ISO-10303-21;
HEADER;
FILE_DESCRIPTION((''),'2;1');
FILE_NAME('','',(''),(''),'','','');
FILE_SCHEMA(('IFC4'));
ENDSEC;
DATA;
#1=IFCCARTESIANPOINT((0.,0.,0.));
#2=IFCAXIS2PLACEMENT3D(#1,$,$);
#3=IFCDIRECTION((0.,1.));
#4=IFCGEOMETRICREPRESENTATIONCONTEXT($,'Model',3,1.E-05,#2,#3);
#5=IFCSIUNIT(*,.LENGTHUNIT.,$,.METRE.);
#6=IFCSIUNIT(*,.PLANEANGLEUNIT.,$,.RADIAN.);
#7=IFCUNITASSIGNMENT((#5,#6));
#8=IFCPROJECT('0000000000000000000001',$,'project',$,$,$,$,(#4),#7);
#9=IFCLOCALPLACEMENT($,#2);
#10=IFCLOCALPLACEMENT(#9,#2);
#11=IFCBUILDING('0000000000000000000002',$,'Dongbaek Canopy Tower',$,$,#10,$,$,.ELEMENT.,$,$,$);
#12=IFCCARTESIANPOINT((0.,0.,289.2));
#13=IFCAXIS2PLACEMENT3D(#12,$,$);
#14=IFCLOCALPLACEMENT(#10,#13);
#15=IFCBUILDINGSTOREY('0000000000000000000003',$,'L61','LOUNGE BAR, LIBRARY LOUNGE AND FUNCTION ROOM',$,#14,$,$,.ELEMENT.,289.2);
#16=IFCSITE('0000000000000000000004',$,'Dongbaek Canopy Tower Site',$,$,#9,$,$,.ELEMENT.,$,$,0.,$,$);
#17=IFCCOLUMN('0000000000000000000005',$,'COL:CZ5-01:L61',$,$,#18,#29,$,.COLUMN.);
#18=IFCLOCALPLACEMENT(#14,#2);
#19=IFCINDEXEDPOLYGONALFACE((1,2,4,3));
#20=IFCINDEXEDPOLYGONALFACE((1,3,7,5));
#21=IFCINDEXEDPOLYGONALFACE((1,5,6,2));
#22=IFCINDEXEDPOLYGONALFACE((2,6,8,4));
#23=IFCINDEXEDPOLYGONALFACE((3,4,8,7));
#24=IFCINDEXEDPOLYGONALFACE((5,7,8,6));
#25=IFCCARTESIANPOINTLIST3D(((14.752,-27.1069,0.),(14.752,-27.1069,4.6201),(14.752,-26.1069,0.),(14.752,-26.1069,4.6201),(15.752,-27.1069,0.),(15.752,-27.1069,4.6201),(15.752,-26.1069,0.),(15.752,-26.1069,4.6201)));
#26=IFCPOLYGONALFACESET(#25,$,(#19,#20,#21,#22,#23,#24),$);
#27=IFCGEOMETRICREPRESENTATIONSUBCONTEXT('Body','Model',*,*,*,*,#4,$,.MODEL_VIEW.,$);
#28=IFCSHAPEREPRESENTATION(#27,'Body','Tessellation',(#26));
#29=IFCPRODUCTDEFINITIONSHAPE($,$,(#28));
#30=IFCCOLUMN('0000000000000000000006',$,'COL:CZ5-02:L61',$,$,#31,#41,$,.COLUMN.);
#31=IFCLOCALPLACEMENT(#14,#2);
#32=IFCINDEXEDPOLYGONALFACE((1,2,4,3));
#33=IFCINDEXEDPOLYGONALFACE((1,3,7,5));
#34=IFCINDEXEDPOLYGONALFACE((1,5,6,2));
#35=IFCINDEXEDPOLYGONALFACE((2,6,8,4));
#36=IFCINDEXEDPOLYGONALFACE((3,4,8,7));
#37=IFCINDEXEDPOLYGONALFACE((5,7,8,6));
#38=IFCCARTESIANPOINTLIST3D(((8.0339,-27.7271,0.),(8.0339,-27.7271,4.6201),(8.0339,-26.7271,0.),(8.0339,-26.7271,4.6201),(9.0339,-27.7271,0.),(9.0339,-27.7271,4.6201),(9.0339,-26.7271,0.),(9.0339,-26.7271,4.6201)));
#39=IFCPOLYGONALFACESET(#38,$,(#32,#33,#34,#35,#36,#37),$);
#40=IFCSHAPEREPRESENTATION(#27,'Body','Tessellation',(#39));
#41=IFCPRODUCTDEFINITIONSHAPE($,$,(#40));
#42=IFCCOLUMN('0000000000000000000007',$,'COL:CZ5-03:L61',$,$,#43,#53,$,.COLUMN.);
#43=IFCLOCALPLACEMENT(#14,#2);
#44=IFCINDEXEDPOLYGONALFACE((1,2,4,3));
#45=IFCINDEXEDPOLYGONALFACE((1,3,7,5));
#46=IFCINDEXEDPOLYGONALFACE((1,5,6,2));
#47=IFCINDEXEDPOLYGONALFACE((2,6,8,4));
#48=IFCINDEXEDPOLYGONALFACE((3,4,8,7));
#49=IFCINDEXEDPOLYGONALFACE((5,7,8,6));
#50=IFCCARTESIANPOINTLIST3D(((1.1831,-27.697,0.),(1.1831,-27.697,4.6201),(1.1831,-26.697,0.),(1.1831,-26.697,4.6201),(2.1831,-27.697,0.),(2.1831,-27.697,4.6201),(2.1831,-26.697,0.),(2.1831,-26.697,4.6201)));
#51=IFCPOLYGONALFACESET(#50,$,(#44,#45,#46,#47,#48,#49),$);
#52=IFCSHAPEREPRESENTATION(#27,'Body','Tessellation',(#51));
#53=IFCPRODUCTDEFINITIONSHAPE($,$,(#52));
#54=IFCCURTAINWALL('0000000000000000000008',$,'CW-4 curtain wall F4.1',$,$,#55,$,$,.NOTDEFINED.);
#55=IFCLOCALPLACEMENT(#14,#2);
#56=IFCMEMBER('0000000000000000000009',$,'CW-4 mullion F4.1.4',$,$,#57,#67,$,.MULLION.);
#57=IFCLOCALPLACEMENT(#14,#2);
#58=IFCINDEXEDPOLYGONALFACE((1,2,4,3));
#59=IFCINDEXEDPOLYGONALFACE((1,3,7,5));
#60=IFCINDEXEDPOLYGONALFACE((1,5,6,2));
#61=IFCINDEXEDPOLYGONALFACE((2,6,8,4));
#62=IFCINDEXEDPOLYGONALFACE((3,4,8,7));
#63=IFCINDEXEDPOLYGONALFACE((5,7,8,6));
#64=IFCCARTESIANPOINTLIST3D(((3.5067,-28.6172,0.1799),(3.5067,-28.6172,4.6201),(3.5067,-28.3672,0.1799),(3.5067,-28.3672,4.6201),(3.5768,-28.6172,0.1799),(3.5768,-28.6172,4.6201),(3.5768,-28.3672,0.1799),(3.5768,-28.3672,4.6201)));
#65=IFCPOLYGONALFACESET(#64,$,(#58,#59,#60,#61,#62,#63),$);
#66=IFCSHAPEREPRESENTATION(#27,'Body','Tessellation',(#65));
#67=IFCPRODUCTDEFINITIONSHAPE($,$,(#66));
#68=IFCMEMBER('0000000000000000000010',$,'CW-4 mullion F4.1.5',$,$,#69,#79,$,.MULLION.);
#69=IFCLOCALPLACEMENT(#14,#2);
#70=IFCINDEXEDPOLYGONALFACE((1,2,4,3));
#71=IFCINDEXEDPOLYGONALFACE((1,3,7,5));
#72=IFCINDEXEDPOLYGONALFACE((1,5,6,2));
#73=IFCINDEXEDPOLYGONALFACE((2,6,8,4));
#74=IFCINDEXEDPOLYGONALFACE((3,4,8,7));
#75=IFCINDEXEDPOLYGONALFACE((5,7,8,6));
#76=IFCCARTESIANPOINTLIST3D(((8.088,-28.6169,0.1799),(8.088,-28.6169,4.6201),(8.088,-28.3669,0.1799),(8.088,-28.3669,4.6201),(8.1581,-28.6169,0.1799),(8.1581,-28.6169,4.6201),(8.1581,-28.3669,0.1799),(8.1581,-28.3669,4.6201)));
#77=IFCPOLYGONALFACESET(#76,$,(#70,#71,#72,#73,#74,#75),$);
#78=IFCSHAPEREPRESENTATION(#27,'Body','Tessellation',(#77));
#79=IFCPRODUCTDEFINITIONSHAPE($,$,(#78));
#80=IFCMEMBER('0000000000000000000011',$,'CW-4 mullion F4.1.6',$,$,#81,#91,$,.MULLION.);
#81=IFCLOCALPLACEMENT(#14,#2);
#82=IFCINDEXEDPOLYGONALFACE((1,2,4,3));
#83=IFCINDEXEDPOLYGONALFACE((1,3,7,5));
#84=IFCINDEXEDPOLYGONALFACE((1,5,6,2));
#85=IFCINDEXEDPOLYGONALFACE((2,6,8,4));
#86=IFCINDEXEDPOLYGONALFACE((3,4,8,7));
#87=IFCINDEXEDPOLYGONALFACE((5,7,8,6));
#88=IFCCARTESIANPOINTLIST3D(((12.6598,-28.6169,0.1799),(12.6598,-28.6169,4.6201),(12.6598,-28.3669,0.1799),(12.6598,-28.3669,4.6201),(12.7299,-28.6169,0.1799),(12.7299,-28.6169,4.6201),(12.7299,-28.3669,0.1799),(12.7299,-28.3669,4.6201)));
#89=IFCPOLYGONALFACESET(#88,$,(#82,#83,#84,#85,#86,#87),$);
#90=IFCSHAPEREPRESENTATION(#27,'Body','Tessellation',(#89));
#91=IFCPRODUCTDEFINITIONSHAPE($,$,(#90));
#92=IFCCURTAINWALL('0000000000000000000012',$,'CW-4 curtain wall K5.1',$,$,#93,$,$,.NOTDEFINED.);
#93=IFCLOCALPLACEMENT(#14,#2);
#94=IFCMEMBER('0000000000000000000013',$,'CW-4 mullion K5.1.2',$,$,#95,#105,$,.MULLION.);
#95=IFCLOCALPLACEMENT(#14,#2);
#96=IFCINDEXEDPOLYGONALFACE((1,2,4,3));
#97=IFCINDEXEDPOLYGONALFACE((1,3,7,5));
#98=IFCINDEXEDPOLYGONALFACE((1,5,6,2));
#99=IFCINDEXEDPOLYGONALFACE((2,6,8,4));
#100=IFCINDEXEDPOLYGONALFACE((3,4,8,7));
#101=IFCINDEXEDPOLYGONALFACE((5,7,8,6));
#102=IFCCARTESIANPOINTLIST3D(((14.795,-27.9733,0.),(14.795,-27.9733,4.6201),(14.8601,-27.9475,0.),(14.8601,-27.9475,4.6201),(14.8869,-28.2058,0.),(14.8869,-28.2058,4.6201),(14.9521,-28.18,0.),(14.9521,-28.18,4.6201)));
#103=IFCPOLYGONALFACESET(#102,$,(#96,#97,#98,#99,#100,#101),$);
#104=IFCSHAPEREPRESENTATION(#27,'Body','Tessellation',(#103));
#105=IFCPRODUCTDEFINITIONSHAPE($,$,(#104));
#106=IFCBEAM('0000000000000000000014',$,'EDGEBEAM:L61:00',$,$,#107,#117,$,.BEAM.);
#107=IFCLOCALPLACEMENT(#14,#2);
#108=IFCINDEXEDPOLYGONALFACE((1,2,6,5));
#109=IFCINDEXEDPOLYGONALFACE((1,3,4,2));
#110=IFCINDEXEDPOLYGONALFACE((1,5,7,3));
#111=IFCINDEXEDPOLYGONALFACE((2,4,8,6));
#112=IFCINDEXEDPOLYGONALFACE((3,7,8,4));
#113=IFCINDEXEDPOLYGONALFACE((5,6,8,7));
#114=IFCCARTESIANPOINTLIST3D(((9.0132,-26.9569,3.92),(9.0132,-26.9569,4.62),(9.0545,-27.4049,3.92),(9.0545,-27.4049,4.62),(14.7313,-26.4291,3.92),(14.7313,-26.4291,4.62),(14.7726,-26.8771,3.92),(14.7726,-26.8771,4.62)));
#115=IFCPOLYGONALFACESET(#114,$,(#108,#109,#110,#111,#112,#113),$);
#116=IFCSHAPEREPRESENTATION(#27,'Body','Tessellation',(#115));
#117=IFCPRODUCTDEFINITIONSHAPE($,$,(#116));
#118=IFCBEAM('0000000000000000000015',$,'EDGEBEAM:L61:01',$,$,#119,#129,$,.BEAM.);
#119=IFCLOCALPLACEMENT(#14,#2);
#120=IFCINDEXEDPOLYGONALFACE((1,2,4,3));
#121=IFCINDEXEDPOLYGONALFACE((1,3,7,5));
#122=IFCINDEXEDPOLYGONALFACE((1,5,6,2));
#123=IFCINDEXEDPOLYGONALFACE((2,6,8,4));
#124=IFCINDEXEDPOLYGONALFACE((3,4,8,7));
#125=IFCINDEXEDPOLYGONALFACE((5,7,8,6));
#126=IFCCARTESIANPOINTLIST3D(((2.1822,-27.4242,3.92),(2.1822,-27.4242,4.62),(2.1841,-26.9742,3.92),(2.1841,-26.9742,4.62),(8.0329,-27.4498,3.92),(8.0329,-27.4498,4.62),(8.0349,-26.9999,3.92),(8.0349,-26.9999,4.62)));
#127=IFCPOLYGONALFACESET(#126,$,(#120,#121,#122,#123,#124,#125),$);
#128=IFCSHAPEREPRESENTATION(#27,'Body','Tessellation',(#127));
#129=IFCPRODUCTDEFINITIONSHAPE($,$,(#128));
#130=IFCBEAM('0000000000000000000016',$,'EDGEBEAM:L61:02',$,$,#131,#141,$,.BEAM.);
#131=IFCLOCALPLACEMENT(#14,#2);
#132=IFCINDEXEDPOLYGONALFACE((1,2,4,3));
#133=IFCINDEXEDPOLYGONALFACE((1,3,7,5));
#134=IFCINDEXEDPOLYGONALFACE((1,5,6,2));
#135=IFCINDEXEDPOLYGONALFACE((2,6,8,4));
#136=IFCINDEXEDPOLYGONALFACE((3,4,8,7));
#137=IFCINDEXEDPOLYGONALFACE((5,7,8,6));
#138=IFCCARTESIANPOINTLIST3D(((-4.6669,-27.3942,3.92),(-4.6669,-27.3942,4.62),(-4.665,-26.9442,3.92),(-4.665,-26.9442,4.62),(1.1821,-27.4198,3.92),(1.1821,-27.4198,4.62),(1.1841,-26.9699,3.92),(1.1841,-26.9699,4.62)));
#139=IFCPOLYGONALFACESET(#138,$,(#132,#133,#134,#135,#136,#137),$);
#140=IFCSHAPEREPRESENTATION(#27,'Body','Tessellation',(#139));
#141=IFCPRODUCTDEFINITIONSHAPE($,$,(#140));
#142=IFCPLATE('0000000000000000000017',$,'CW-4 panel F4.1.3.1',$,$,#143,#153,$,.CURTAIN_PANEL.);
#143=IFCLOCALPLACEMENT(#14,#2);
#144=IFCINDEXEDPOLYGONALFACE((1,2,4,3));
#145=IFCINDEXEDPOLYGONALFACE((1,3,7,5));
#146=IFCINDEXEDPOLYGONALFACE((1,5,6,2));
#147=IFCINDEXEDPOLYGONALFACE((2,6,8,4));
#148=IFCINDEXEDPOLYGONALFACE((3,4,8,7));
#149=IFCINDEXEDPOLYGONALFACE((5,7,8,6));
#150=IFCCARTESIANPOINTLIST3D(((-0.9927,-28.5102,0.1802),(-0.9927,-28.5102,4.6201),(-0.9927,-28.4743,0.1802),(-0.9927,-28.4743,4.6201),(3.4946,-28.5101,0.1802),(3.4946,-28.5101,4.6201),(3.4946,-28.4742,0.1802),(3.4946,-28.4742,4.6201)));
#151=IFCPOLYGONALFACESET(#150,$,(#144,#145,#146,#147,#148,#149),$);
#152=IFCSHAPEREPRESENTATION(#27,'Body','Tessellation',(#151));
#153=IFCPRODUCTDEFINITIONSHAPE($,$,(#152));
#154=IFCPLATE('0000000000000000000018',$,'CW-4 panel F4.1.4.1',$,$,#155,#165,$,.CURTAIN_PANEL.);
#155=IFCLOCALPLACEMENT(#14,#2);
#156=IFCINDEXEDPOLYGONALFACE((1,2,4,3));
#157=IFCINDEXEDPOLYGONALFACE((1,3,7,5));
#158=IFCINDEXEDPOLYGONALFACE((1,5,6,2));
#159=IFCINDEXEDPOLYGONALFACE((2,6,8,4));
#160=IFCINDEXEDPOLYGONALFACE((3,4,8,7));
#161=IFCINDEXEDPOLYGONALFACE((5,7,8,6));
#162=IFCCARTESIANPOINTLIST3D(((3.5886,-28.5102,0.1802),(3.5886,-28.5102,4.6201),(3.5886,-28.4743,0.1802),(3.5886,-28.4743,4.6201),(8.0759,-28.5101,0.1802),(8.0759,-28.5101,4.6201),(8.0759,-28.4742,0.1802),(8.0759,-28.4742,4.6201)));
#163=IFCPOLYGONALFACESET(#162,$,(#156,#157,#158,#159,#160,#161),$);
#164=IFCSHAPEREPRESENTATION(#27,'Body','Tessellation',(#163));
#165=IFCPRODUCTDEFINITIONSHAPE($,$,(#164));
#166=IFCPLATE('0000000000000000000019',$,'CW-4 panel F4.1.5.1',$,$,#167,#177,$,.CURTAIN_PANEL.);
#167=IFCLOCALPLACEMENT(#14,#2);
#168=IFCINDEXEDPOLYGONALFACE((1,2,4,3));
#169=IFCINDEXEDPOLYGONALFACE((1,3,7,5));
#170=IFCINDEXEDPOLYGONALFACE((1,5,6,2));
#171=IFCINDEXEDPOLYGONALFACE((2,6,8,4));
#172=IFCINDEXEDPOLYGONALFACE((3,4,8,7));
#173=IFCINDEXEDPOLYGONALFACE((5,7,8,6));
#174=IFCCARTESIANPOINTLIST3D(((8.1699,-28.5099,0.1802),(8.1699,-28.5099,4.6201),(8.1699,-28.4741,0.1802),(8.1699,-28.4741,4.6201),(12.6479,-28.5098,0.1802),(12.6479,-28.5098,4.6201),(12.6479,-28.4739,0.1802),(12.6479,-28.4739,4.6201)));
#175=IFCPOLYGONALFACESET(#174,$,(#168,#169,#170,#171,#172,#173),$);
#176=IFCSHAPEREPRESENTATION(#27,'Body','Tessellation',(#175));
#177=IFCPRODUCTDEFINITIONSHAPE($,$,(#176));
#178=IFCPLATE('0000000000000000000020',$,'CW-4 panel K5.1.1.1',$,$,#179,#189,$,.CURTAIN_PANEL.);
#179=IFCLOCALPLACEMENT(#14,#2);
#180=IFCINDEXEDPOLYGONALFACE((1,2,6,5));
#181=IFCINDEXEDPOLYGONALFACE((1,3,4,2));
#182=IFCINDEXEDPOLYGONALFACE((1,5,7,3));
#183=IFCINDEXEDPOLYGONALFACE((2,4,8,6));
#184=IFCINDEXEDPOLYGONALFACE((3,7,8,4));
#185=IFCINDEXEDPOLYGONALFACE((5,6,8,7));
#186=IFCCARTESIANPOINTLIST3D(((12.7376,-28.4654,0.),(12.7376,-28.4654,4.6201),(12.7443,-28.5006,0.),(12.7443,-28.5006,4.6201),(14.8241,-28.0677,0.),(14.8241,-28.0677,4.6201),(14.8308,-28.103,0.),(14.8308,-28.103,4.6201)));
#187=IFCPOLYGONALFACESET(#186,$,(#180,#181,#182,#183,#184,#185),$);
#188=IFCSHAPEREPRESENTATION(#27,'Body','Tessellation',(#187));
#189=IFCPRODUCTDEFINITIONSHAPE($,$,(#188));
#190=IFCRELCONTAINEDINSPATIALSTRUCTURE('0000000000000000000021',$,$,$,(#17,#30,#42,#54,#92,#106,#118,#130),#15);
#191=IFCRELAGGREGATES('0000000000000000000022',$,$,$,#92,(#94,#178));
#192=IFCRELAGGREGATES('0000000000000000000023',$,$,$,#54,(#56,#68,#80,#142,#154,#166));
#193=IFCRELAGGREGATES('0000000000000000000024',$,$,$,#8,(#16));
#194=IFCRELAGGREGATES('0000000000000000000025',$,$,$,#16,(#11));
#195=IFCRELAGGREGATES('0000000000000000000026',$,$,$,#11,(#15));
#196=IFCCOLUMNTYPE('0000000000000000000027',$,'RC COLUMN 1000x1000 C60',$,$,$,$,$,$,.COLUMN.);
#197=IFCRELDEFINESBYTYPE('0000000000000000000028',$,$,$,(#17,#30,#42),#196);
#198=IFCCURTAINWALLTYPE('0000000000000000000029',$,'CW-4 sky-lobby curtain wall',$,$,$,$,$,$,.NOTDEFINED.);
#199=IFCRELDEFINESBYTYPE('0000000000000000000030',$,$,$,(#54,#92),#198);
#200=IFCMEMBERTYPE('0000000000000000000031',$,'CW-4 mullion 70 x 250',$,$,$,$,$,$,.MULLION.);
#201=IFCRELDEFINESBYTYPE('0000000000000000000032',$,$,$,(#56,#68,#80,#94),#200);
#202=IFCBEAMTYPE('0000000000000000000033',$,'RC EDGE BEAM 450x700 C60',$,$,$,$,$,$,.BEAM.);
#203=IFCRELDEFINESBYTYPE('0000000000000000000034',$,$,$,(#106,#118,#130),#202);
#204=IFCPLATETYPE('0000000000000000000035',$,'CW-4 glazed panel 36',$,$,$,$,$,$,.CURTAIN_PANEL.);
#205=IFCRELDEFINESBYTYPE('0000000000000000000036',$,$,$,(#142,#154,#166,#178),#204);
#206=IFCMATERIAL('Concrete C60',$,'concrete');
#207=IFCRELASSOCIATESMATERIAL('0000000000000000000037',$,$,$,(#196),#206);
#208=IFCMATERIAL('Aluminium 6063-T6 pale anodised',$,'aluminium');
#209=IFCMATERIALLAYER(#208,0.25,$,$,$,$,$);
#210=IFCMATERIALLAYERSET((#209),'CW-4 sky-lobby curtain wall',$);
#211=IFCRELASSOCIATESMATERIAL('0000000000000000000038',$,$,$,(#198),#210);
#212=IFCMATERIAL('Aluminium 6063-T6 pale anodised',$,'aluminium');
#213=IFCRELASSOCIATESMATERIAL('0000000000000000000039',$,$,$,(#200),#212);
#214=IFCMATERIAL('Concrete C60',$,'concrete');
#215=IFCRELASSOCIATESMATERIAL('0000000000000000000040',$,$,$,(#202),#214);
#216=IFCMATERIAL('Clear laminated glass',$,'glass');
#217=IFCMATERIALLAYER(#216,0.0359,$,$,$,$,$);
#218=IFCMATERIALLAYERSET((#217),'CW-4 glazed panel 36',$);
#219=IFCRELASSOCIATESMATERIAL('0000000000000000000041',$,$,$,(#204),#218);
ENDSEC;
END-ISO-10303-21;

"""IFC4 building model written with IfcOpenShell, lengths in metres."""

from ifc_helpers import new_model, si_unit, direction, frame, origin, origin_2d, place, context, subcontext, project, spatial, rectangle, extrude, material, layer, layer_set, material_profile, profile_set, type_object, element, aggregate, save


model = new_model("IFC4")

# Units and contexts
model_context = context("Model", 3, precision=1e-05, world=origin(), true_north=direction((0.0, 1.0)))
body_context = subcontext(model_context, "Body", "Model", "MODEL_VIEW")
ifc_project = project(units=[si_unit("LENGTHUNIT", "METRE"), si_unit("PLANEANGLEUNIT", "RADIAN")], contexts=[model_context])

# Site, building, storey
site_placement = place(None, origin())
site = spatial("IfcSite", under=ifc_project, at=site_placement, Name="Dongbaek Canopy Tower Site", CompositionType="ELEMENT", RefElevation=0.0)
building_placement = place(site_placement, origin())
building = spatial("IfcBuilding", under=site, at=building_placement, Name="Dongbaek Canopy Tower", CompositionType="ELEMENT")
storey_placement = place(building_placement, frame((0.0, 0.0, 289.2)))
storey = spatial("IfcBuildingStorey", under=building, at=storey_placement, Name="L61", Description="LOUNGE BAR, LIBRARY LOUNGE AND FUNCTION ROOM", CompositionType="ELEMENT", Elevation=289.2)

# Columns
ifc_material_1 = material(Name="Concrete C60", Category="concrete")
ifc_material_profile_1 = material_profile(ifc_material_1, rectangle(XDim=1.0, YDim=1.0, at=origin_2d()), Name="RC COLUMN 1000x1000 C60")
ifc_profile_set_1 = profile_set([ifc_material_profile_1], Name="Concrete C60")
column_type = type_object("IfcColumnType", Name="RC COLUMN 1000x1000 C60", PredefinedType="COLUMN", material=ifc_profile_set_1)
for number, where, z_axis, x_axis, name in (
    (1, (15.252, -26.6069, 0.0), (0.0, 0.0, 1.0), (1.0, 0.0, 0.0), "COL:CZ5-01:L61"),
    (2, (8.5339, -27.2271, 0.0), (0.0, 0.0, 1.0), (1.0, 0.0, 0.0), "COL:CZ5-02:L61"),
    (3, (1.6831, -27.197, 0.0), (0.0, 0.0, 1.0), (1.0, 0.0, 0.0), "COL:CZ5-03:L61"),
):
    element("IfcColumn", number, at=place(storey_placement, frame(where, z_axis=z_axis, x_axis=x_axis)), inside=storey, type_object=column_type, Name=name, PredefinedType="COLUMN", context=body_context, shape_type="SweptSolid", body=[
        extrude(rectangle(XDim=1.0, YDim=1.0, at=origin_2d()), origin(), (0.0, 0.0, 1.0), 4.6201),
    ])

# Curtain wall, members
ifc_material_2 = material(Name="Aluminium 6063-T6 pale anodised", Category="aluminium")
ifc_layer_1 = layer(ifc_material_2, 0.25)
ifc_layer_set_1 = layer_set([ifc_layer_1], Name="CW-4 sky-lobby curtain wall")
curtain_wall_type = type_object("IfcCurtainWallType", Name="CW-4 sky-lobby curtain wall", PredefinedType="NOTDEFINED", material=ifc_layer_set_1)
curtain_wall_1_placement = place(storey_placement, origin())
curtain_wall_1 = element("IfcCurtainWall", 4, at=curtain_wall_1_placement, inside=storey, type_object=curtain_wall_type, Name="CW-4 curtain wall F4.1", PredefinedType="NOTDEFINED")
ifc_material_3 = material(Name="Aluminium 6063-T6 pale anodised", Category="aluminium")
ifc_material_profile_2 = material_profile(ifc_material_3, rectangle(XDim=0.25, YDim=0.0701, at=origin_2d()), Name="CW-4 mullion 70 x 250")
ifc_profile_set_2 = profile_set([ifc_material_profile_2], Name="Aluminium 6063-T6 pale anodised")
member_type = type_object("IfcMemberType", Name="CW-4 mullion 70 x 250", PredefinedType="MULLION", material=ifc_profile_set_2)
member_1_placement = place(storey_placement, frame((3.5417, -28.4922, 0.1799), z_axis=(0.0, 0.0, 1.0), x_axis=(0.000023, -1.0, 0.0)))
member_1 = element("IfcMember", 5, at=member_1_placement, type_object=member_type, Name="CW-4 mullion F4.1.4", PredefinedType="MULLION", context=body_context, shape_type="SweptSolid", body=[
    extrude(rectangle(XDim=0.25, YDim=0.0701, at=origin_2d()), origin(), (0.0, 0.0, 1.0), 4.4402),
])
member_2_placement = place(storey_placement, frame((8.123, -28.4919, 0.1799), z_axis=(0.0, 0.0, 1.0), x_axis=(0.000023, -1.0, 0.0)))
member_2 = element("IfcMember", 6, at=member_2_placement, type_object=member_type, Name="CW-4 mullion F4.1.5", PredefinedType="MULLION", context=body_context, shape_type="SweptSolid", body=[
    extrude(rectangle(XDim=0.25, YDim=0.0701, at=origin_2d()), origin(), (0.0, 0.0, 1.0), 4.4402),
])
member_3_placement = place(storey_placement, frame((12.6948, -28.4919, 0.1799), z_axis=(0.0, 0.0, 1.0), x_axis=(0.000023, -1.0, 0.0)))
member_3 = element("IfcMember", 7, at=member_3_placement, type_object=member_type, Name="CW-4 mullion F4.1.6", PredefinedType="MULLION", context=body_context, shape_type="SweptSolid", body=[
    extrude(rectangle(XDim=0.25, YDim=0.0701, at=origin_2d()), origin(), (0.0, 0.0, 1.0), 4.4402),
])

# Curtain wall, member
curtain_wall_2_placement = place(storey_placement, origin())
curtain_wall_2 = element("IfcCurtainWall", 8, at=curtain_wall_2_placement, inside=storey, type_object=curtain_wall_type, Name="CW-4 curtain wall K5.1", PredefinedType="NOTDEFINED")
member_4_placement = place(storey_placement, frame((14.8735, -28.0767, 0.0), z_axis=(0.0, 0.0, 1.0), x_axis=(0.367808, -0.929902, 0.0)))
member_4 = element("IfcMember", 9, at=member_4_placement, type_object=member_type, Name="CW-4 mullion K5.1.2", PredefinedType="MULLION", context=body_context, shape_type="SweptSolid", body=[
    extrude(rectangle(XDim=0.25, YDim=0.0701, at=origin_2d()), origin(), (0.0, 0.0, 1.0), 4.6201),
])

# Beams
ifc_material_4 = material(Name="Concrete C60", Category="concrete")
ifc_material_profile_3 = material_profile(ifc_material_4, rectangle(XDim=0.45, YDim=0.7, at=origin_2d()), Name="RC EDGE BEAM 450x700 C60")
ifc_profile_set_3 = profile_set([ifc_material_profile_3], Name="Concrete C60")
beam_type = type_object("IfcBeamType", Name="RC EDGE BEAM 450x700 C60", PredefinedType="BEAM", material=ifc_profile_set_3)
beam_1_placement = place(storey_placement, frame((14.752, -26.6531, 4.27), z_axis=(-0.995766, -0.09192, 0.0), x_axis=(0.09192, -0.995766, 0.0)))
element("IfcBeam", 10, at=beam_1_placement, inside=storey, type_object=beam_type, Name="EDGEBEAM:L61:00", PredefinedType="BEAM", context=body_context, shape_type="SweptSolid", body=[
    extrude(rectangle(XDim=0.45, YDim=0.7, at=origin_2d()), origin(), (0.0, 0.0, 1.0), 5.7424),
])
beam_2_placement = place(storey_placement, frame((8.0339, -27.2249, 4.27), z_axis=(-0.99999, 0.004381, 0.0), x_axis=(-0.004381, -0.99999, 0.0)))
element("IfcBeam", 11, at=beam_2_placement, inside=storey, type_object=beam_type, Name="EDGEBEAM:L61:01", PredefinedType="BEAM", context=body_context, shape_type="SweptSolid", body=[
    extrude(rectangle(XDim=0.45, YDim=0.7, at=origin_2d()), origin(), (0.0, 0.0, 1.0), 5.8508),
])
beam_3_placement = place(storey_placement, frame((1.1831, -27.1948, 4.27), z_axis=(-0.99999, 0.004383, 0.0), x_axis=(-0.004383, -0.99999, 0.0)))
element("IfcBeam", 12, at=beam_3_placement, inside=storey, type_object=beam_type, Name="EDGEBEAM:L61:02", PredefinedType="BEAM", context=body_context, shape_type="SweptSolid", body=[
    extrude(rectangle(XDim=0.45, YDim=0.7, at=origin_2d()), origin(), (0.0, 0.0, 1.0), 5.8491),
])

# Plates
ifc_material_5 = material(Name="Clear laminated glass", Category="glass")
ifc_layer_2 = layer(ifc_material_5, 0.0359)
ifc_layer_set_2 = layer_set([ifc_layer_2], Name="CW-4 glazed panel 36")
plate_type = type_object("IfcPlateType", Name="CW-4 glazed panel 36", PredefinedType="CURTAIN_PANEL", material=ifc_layer_set_2)
plate_1_placement = place(storey_placement, frame((1.251, -28.4922, 0.1802), z_axis=(0.0, 0.0, 1.0), x_axis=(1.0, 0.000023, 0.0)))
plate_1 = element("IfcPlate", 13, at=plate_1_placement, type_object=plate_type, Name="CW-4 panel F4.1.3.1", PredefinedType="CURTAIN_PANEL", context=body_context, shape_type="SweptSolid", body=[
    extrude(rectangle(XDim=4.4873, YDim=0.0359, at=origin_2d()), origin(), (0.0, 0.0, 1.0), 4.4399),
])
plate_2_placement = place(storey_placement, frame((5.8323, -28.4922, 0.1802), z_axis=(0.0, 0.0, 1.0), x_axis=(1.0, 0.000023, 0.0)))
plate_2 = element("IfcPlate", 14, at=plate_2_placement, type_object=plate_type, Name="CW-4 panel F4.1.4.1", PredefinedType="CURTAIN_PANEL", context=body_context, shape_type="SweptSolid", body=[
    extrude(rectangle(XDim=4.4873, YDim=0.0359, at=origin_2d()), origin(), (0.0, 0.0, 1.0), 4.4399),
])
plate_3_placement = place(storey_placement, frame((10.4089, -28.4919, 0.1802), z_axis=(0.0, 0.0, 1.0), x_axis=(1.0, 0.000023, 0.0)))
plate_3 = element("IfcPlate", 15, at=plate_3_placement, type_object=plate_type, Name="CW-4 panel F4.1.5.1", PredefinedType="CURTAIN_PANEL", context=body_context, shape_type="SweptSolid", body=[
    extrude(rectangle(XDim=4.478, YDim=0.0359, at=origin_2d()), origin(), (0.0, 0.0, 1.0), 4.4399),
])
plate_4_placement = place(storey_placement, frame((13.7842, -28.2842, 0.0), z_axis=(0.0, 0.0, 1.0), x_axis=(0.982317, 0.187225, 0.0)))
plate_4 = element("IfcPlate", 16, at=plate_4_placement, type_object=plate_type, Name="CW-4 panel K5.1.1.1", PredefinedType="CURTAIN_PANEL", context=body_context, shape_type="SweptSolid", body=[
    extrude(rectangle(XDim=2.124, YDim=0.0359, at=origin_2d()), origin(), (0.0, 0.0, 1.0), 4.6201),
])
aggregate(curtain_wall_2, [member_4, plate_4])

aggregate(curtain_wall_1, [member_1, member_2, member_3, plate_1, plate_2, plate_3])

save(model, "model.ifc")
